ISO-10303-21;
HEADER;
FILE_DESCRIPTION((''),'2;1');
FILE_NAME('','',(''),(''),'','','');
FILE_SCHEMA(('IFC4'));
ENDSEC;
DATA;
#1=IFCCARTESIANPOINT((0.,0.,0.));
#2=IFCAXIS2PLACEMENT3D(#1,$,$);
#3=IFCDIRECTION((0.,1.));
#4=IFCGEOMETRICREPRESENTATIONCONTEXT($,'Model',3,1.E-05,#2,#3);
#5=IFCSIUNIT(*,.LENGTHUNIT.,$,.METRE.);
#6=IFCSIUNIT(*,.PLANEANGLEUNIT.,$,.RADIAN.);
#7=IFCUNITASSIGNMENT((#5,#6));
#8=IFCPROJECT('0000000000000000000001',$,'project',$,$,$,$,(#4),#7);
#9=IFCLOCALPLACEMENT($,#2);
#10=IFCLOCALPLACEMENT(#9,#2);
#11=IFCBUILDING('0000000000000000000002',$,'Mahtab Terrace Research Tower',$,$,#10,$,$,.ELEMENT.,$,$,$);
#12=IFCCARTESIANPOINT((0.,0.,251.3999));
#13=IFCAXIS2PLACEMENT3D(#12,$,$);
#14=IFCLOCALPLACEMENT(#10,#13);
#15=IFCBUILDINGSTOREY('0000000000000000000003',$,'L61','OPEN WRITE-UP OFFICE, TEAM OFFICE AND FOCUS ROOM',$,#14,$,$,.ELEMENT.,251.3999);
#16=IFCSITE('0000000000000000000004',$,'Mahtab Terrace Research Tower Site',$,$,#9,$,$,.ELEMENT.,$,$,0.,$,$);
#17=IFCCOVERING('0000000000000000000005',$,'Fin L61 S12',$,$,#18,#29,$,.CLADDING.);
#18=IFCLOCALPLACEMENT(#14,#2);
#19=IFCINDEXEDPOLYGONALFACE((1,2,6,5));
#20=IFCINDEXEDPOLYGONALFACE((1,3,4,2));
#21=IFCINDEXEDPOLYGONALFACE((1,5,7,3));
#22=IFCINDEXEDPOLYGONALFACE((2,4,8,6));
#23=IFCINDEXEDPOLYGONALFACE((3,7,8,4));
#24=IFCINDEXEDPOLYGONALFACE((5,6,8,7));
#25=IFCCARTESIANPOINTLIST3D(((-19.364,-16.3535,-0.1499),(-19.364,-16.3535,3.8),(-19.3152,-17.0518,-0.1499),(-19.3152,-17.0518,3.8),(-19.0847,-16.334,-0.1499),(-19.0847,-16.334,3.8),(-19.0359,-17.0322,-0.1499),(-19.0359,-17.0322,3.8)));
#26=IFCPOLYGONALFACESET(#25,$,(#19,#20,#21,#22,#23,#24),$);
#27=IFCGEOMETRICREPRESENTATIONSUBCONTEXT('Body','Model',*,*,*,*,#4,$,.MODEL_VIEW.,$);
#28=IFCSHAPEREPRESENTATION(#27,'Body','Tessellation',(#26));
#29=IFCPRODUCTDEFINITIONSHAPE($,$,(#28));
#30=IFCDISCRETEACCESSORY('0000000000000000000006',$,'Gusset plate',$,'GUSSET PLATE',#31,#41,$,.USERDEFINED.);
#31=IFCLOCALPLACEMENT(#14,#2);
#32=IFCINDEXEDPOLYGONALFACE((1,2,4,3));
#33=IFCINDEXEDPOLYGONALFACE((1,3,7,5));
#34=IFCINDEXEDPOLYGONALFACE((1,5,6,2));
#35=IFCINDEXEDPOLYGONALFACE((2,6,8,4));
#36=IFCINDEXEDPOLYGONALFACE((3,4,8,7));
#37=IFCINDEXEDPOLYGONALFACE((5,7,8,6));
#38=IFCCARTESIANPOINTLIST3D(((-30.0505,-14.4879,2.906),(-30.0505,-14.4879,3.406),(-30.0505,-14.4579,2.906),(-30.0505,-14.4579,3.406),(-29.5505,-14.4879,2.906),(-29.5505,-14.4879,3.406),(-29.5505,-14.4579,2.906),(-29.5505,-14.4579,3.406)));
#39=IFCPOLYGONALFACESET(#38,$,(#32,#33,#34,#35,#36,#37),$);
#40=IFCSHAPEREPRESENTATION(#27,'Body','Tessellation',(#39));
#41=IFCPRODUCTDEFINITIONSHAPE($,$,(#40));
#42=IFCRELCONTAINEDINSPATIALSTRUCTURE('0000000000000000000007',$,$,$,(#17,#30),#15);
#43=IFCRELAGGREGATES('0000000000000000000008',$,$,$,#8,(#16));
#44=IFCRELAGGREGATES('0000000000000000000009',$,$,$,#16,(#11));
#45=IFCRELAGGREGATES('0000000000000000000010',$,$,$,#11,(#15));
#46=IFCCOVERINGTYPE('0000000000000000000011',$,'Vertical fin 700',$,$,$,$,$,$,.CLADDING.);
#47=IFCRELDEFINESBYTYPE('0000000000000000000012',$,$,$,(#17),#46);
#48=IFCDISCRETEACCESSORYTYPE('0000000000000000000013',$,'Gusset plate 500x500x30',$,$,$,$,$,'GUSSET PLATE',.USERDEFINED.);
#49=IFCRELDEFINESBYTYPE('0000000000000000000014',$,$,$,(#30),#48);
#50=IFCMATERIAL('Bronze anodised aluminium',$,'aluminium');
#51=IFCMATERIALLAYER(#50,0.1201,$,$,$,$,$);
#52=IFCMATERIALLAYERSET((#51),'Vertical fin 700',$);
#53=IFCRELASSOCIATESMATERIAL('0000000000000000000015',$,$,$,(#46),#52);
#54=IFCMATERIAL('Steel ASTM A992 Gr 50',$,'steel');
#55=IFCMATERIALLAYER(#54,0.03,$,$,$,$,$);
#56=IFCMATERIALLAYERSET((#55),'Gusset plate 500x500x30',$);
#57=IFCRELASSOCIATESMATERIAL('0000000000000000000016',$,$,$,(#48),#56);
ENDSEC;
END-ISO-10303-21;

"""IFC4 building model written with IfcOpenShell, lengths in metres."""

from ifc_helpers import new_model, si_unit, direction, frame, origin, origin_2d, place, context, subcontext, project, spatial, rectangle, extrude, material, layer, layer_set, type_object, element, save


model = new_model("IFC4")

# Units and contexts
model_context = context("Model", 3, precision=1e-05, world=origin(), true_north=direction((0.0, 1.0)))
body_context = subcontext(model_context, "Body", "Model", "MODEL_VIEW")
ifc_project = project(units=[si_unit("LENGTHUNIT", "METRE"), si_unit("PLANEANGLEUNIT", "RADIAN")], contexts=[model_context])

# Site, building, storey
site_placement = place(None, origin())
site = spatial("IfcSite", under=ifc_project, at=site_placement, Name="Mahtab Terrace Research Tower Site", CompositionType="ELEMENT", RefElevation=0.0)
building_placement = place(site_placement, origin())
building = spatial("IfcBuilding", under=site, at=building_placement, Name="Mahtab Terrace Research Tower", CompositionType="ELEMENT")
storey_placement = place(building_placement, frame((0.0, 0.0, 251.3999)))
storey = spatial("IfcBuildingStorey", under=building, at=storey_placement, Name="L61", Description="OPEN WRITE-UP OFFICE, TEAM OFFICE AND FOCUS ROOM", CompositionType="ELEMENT", Elevation=251.3999)

# Shared definitions
ifc_material_1 = material(Name="Steel ASTM A992 Gr 50", Category="steel")

# Covering
ifc_material_2 = material(Name="Bronze anodised aluminium", Category="aluminium")
ifc_layer_1 = layer(ifc_material_2, 0.1201)
ifc_layer_set_1 = layer_set([ifc_layer_1], Name="Vertical fin 700")
covering_type = type_object("IfcCoveringType", Name="Vertical fin 700", PredefinedType="CLADDING", material=ifc_layer_set_1)
for number, where, z_axis, x_axis, name in (
    (1, (-19.2, -16.6929, -0.1499), (0.0, 0.0, 1.0), (0.997564, 0.069756, 0.0), "Fin L61 S12"),
):
    element("IfcCovering", number, at=place(storey_placement, frame(where, z_axis=z_axis, x_axis=x_axis)), inside=storey, type_object=covering_type, Name=name, PredefinedType="CLADDING", context=body_context, shape_type="SweptSolid", body=[
        extrude(rectangle(XDim=0.28, YDim=0.7, at=origin_2d()), origin(), (0.0, 0.0, 1.0), 3.95),
    ])

# Discrete accessory
ifc_layer_2 = layer(ifc_material_1, 0.03)
ifc_layer_set_2 = layer_set([ifc_layer_2], Name="Gusset plate 500x500x30")
discrete_accessory_type = type_object("IfcDiscreteAccessoryType", Name="Gusset plate 500x500x30", ElementType="GUSSET PLATE", PredefinedType="USERDEFINED", material=ifc_layer_set_2)
discrete_accessory_placement = place(storey_placement, frame((-29.8005, -14.4729, 2.906), z_axis=(0.0, 0.0, 1.0), x_axis=(1.0, 0.0, 0.0)))
element("IfcDiscreteAccessory", 2, at=discrete_accessory_placement, inside=storey, type_object=discrete_accessory_type, Name="Gusset plate", ObjectType="GUSSET PLATE", PredefinedType="USERDEFINED", context=body_context, shape_type="SweptSolid", body=[
    extrude(rectangle(XDim=0.5, YDim=0.03, at=origin_2d()), origin(), (0.0, 0.0, 1.0), 0.5),
])

save(model, "model.ifc")
